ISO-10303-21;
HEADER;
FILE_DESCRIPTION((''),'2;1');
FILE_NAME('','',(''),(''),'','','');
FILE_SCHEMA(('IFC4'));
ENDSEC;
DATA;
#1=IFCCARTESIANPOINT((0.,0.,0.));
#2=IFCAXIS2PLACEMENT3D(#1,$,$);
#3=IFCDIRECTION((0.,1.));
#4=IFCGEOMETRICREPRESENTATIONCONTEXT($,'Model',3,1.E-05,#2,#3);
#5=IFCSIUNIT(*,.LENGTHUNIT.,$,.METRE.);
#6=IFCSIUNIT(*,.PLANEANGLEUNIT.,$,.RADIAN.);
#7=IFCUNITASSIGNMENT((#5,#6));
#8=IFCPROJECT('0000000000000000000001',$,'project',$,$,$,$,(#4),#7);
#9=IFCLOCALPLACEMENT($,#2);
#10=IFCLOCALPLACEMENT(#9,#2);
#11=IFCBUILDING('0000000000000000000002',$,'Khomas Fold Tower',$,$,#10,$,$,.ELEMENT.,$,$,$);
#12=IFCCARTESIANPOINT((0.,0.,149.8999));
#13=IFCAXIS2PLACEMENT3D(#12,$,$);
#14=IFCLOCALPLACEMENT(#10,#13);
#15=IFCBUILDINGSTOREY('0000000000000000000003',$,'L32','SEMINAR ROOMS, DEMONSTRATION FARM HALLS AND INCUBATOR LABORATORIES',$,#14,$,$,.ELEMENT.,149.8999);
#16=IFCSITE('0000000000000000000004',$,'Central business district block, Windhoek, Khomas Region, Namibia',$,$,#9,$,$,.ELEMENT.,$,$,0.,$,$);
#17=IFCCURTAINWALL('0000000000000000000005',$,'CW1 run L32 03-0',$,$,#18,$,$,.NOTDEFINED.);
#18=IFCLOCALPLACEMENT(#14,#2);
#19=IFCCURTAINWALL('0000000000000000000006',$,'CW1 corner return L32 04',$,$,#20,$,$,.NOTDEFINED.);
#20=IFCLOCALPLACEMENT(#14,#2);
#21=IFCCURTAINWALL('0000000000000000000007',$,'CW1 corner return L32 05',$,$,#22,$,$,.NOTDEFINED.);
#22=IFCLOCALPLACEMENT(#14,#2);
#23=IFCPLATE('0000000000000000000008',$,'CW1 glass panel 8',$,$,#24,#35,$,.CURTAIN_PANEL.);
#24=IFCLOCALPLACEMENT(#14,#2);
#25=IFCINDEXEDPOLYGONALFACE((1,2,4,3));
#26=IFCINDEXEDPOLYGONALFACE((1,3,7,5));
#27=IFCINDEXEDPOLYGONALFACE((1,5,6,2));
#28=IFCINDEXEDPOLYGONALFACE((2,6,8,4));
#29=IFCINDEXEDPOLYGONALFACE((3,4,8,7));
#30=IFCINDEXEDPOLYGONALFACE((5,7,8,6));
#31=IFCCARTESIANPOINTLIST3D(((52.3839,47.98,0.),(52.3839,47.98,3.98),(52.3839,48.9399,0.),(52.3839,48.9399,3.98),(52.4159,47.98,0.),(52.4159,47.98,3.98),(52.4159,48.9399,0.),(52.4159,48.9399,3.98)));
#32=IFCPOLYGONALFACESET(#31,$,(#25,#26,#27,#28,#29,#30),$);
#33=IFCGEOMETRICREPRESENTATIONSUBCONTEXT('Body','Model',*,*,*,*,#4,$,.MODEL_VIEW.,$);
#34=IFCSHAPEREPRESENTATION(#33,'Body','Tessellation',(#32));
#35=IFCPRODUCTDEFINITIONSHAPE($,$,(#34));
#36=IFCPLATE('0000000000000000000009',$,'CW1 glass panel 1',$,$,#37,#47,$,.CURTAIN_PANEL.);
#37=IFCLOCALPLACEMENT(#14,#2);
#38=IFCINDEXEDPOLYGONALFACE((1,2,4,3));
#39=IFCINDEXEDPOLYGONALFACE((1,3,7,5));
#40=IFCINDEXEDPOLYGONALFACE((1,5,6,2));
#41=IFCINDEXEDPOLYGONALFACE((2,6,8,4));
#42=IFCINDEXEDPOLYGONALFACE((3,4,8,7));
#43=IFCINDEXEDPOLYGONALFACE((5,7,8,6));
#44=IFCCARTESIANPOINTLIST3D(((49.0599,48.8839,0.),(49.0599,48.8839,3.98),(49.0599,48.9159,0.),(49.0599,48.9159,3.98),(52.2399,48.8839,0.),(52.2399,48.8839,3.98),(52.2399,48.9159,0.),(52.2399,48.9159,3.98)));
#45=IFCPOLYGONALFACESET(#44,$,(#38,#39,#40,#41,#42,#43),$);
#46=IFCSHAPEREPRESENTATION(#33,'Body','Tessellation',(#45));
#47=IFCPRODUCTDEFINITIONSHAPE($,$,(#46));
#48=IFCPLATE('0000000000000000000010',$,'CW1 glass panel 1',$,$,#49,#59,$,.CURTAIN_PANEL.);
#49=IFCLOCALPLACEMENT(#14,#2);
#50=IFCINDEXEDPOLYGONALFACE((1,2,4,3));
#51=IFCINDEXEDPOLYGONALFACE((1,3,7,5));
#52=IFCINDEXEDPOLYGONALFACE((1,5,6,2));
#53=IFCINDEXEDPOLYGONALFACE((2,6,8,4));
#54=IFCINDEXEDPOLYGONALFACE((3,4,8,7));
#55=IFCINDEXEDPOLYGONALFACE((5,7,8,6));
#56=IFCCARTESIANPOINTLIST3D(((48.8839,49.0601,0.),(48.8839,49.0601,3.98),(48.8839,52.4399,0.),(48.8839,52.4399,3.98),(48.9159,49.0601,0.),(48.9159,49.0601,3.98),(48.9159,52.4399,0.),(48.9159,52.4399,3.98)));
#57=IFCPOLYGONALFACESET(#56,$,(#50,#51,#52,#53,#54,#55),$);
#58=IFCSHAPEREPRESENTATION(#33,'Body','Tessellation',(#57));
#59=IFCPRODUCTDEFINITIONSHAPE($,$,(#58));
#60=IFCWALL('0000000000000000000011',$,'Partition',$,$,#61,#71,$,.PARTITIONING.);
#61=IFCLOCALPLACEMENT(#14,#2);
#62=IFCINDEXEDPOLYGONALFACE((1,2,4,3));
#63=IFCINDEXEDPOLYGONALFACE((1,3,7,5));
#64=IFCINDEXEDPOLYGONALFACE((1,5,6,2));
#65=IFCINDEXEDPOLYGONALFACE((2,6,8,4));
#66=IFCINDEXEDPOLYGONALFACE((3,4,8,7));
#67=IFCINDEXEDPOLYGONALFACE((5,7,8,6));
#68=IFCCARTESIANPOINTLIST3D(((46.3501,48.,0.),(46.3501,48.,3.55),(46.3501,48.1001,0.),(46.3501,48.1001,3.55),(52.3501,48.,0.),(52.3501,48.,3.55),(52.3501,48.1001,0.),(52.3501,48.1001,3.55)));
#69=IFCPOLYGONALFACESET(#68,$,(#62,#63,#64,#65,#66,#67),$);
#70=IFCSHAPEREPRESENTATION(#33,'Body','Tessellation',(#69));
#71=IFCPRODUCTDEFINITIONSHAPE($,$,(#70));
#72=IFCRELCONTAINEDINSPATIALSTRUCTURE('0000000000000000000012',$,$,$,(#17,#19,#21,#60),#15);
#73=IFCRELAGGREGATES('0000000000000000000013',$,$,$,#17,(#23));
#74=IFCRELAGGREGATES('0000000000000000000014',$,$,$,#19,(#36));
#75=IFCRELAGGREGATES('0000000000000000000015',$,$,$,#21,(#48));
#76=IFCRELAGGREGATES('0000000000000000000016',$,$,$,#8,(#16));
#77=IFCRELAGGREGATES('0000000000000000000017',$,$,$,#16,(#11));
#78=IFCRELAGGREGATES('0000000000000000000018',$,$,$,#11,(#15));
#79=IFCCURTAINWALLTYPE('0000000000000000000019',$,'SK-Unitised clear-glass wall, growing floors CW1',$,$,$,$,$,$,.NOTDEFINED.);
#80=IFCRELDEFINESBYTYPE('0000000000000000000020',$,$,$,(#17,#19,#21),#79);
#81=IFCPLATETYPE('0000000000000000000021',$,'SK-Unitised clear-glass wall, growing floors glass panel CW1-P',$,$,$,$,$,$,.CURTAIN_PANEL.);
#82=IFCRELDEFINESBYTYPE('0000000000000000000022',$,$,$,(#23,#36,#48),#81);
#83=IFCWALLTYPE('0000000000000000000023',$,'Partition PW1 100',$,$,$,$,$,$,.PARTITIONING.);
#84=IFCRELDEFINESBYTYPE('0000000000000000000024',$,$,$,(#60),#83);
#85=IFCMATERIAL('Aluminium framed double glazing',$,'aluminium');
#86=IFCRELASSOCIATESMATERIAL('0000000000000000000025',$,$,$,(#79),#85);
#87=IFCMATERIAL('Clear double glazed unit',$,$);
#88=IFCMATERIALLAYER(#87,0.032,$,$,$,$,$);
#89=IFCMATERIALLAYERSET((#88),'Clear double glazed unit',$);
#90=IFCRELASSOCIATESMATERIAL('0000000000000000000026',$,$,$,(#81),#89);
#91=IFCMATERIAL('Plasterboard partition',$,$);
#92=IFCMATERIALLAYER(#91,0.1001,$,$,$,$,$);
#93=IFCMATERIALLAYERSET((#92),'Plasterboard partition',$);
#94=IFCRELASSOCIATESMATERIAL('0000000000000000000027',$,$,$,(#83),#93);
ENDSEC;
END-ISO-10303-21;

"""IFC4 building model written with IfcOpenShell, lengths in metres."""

from ifc_helpers import new_model, si_unit, direction, frame, frame_2d, origin, origin_2d, place, context, subcontext, project, spatial, rectangle, extrude, source, transform, mapped, material, layer, layer_set, type_object, element, aggregate, save


model = new_model("IFC4")

# Units and contexts
model_context = context("Model", 3, precision=1e-05, world=origin(), true_north=direction((0.0, 1.0)))
body_context = subcontext(model_context, "Body", "Model", "MODEL_VIEW")
ifc_project = project(units=[si_unit("LENGTHUNIT", "METRE"), si_unit("PLANEANGLEUNIT", "RADIAN")], contexts=[model_context])

# Site, building, storey
site_placement = place(None, origin())
site = spatial("IfcSite", under=ifc_project, at=site_placement, Name="Central business district block, Windhoek, Khomas Region, Namibia", CompositionType="ELEMENT", RefElevation=0.0)
building_placement = place(site_placement, origin())
building = spatial("IfcBuilding", under=site, at=building_placement, Name="Khomas Fold Tower", CompositionType="ELEMENT")
storey_placement = place(building_placement, frame((0.0, 0.0, 149.8999)))
storey = spatial("IfcBuildingStorey", under=building, at=storey_placement, Name="L32", Description="SEMINAR ROOMS, DEMONSTRATION FARM HALLS AND INCUBATOR LABORATORIES", CompositionType="ELEMENT", Elevation=149.8999)

# Shared definitions
ifc_material_1 = material(Name="Aluminium framed double glazing", Category="aluminium")
curtain_wall_type = type_object("IfcCurtainWallType", Name="SK-Unitised clear-glass wall, growing floors CW1", PredefinedType="NOTDEFINED", material=ifc_material_1)

# Curtain walls
curtain_wall_1_placement = place(storey_placement, origin())
curtain_wall_1 = element("IfcCurtainWall", 1, at=curtain_wall_1_placement, inside=storey, type_object=curtain_wall_type, Name="CW1 run L32 03-0", PredefinedType="NOTDEFINED")
curtain_wall_2_placement = place(storey_placement, origin())
curtain_wall_2 = element("IfcCurtainWall", 2, at=curtain_wall_2_placement, inside=storey, type_object=curtain_wall_type, Name="CW1 corner return L32 04", PredefinedType="NOTDEFINED")
curtain_wall_3_placement = place(storey_placement, origin())
curtain_wall_3 = element("IfcCurtainWall", 3, at=curtain_wall_3_placement, inside=storey, type_object=curtain_wall_type, Name="CW1 corner return L32 05", PredefinedType="NOTDEFINED")

# Plates
ifc_material_2 = material(Name="Clear double glazed unit")
ifc_layer_1 = layer(ifc_material_2, 0.032)
ifc_layer_set_1 = layer_set([ifc_layer_1], Name="Clear double glazed unit")
plate_type = type_object("IfcPlateType", Name="SK-Unitised clear-glass wall, growing floors glass panel CW1-P", PredefinedType="CURTAIN_PANEL", material=ifc_layer_set_1)
shared_shape_1 = source(origin(), body_context, "Body", "SweptSolid", [
    extrude(rectangle(XDim=0.96, YDim=0.032, at=origin_2d()), origin(), (0.0, 0.0, 1.0), 3.98),
])
plate_1_placement = place(storey_placement, frame((52.3999, 48.46, 0.0), z_axis=(0.0, 0.0, 1.0), x_axis=(0.0, 1.0, 0.0)))
plate_1 = element("IfcPlate", 4, at=plate_1_placement, type_object=plate_type, Name="CW1 glass panel 8", PredefinedType="CURTAIN_PANEL", context=body_context, shape_type="MappedRepresentation", body=[
    mapped(shared_shape_1, transform((0.0, 0.0, 0.0))),
])
aggregate(curtain_wall_1, [plate_1])
shared_shape_2 = source(origin(), body_context, "Body", "SweptSolid", [
    extrude(rectangle(XDim=3.1799, YDim=0.032, at=origin_2d()), origin(), (0.0, 0.0, 1.0), 3.98),
])
plate_2_placement = place(storey_placement, frame((50.6499, 48.8999, 0.0), z_axis=(0.0, 0.0, 1.0), x_axis=(-1.0, 0.0, 0.0)))
plate_2 = element("IfcPlate", 5, at=plate_2_placement, type_object=plate_type, Name="CW1 glass panel 1", PredefinedType="CURTAIN_PANEL", context=body_context, shape_type="MappedRepresentation", body=[
    mapped(shared_shape_2, transform((0.0, 0.0, 0.0))),
])
aggregate(curtain_wall_2, [plate_2])
shared_shape_3 = source(origin(), body_context, "Body", "SweptSolid", [
    extrude(rectangle(XDim=3.3799, YDim=0.032, at=origin_2d()), origin(), (0.0, 0.0, 1.0), 3.98),
])
plate_3_placement = place(storey_placement, frame((48.8999, 50.75, 0.0), z_axis=(0.0, 0.0, 1.0), x_axis=(0.0, 1.0, 0.0)))
plate_3 = element("IfcPlate", 6, at=plate_3_placement, type_object=plate_type, Name="CW1 glass panel 1", PredefinedType="CURTAIN_PANEL", context=body_context, shape_type="MappedRepresentation", body=[
    mapped(shared_shape_3, transform((0.0, 0.0, 0.0))),
])
aggregate(curtain_wall_3, [plate_3])

# Wall
ifc_material_3 = material(Name="Plasterboard partition")
ifc_layer_2 = layer(ifc_material_3, 0.1001)
ifc_layer_set_2 = layer_set([ifc_layer_2], Name="Plasterboard partition")
wall_type = type_object("IfcWallType", Name="Partition PW1 100", PredefinedType="PARTITIONING", material=ifc_layer_set_2)
shared_shape_4 = source(origin(), body_context, "Body", "SweptSolid", [
    extrude(rectangle(XDim=6.0, YDim=0.1001, at=frame_2d((3.0, 0.0))), origin(), (0.0, 0.0, 1.0), 3.55),
])
wall_placement = place(storey_placement, frame((46.3501, 48.05, 0.0), z_axis=(0.0, 0.0, 1.0), x_axis=(1.0, 0.0, 0.0)))
element("IfcWall", 7, at=wall_placement, inside=storey, type_object=wall_type, Name="Partition", PredefinedType="PARTITIONING", context=body_context, shape_type="MappedRepresentation", body=[
    mapped(shared_shape_4, transform((0.0, 0.0, 0.0))),
])

save(model, "model.ifc")
